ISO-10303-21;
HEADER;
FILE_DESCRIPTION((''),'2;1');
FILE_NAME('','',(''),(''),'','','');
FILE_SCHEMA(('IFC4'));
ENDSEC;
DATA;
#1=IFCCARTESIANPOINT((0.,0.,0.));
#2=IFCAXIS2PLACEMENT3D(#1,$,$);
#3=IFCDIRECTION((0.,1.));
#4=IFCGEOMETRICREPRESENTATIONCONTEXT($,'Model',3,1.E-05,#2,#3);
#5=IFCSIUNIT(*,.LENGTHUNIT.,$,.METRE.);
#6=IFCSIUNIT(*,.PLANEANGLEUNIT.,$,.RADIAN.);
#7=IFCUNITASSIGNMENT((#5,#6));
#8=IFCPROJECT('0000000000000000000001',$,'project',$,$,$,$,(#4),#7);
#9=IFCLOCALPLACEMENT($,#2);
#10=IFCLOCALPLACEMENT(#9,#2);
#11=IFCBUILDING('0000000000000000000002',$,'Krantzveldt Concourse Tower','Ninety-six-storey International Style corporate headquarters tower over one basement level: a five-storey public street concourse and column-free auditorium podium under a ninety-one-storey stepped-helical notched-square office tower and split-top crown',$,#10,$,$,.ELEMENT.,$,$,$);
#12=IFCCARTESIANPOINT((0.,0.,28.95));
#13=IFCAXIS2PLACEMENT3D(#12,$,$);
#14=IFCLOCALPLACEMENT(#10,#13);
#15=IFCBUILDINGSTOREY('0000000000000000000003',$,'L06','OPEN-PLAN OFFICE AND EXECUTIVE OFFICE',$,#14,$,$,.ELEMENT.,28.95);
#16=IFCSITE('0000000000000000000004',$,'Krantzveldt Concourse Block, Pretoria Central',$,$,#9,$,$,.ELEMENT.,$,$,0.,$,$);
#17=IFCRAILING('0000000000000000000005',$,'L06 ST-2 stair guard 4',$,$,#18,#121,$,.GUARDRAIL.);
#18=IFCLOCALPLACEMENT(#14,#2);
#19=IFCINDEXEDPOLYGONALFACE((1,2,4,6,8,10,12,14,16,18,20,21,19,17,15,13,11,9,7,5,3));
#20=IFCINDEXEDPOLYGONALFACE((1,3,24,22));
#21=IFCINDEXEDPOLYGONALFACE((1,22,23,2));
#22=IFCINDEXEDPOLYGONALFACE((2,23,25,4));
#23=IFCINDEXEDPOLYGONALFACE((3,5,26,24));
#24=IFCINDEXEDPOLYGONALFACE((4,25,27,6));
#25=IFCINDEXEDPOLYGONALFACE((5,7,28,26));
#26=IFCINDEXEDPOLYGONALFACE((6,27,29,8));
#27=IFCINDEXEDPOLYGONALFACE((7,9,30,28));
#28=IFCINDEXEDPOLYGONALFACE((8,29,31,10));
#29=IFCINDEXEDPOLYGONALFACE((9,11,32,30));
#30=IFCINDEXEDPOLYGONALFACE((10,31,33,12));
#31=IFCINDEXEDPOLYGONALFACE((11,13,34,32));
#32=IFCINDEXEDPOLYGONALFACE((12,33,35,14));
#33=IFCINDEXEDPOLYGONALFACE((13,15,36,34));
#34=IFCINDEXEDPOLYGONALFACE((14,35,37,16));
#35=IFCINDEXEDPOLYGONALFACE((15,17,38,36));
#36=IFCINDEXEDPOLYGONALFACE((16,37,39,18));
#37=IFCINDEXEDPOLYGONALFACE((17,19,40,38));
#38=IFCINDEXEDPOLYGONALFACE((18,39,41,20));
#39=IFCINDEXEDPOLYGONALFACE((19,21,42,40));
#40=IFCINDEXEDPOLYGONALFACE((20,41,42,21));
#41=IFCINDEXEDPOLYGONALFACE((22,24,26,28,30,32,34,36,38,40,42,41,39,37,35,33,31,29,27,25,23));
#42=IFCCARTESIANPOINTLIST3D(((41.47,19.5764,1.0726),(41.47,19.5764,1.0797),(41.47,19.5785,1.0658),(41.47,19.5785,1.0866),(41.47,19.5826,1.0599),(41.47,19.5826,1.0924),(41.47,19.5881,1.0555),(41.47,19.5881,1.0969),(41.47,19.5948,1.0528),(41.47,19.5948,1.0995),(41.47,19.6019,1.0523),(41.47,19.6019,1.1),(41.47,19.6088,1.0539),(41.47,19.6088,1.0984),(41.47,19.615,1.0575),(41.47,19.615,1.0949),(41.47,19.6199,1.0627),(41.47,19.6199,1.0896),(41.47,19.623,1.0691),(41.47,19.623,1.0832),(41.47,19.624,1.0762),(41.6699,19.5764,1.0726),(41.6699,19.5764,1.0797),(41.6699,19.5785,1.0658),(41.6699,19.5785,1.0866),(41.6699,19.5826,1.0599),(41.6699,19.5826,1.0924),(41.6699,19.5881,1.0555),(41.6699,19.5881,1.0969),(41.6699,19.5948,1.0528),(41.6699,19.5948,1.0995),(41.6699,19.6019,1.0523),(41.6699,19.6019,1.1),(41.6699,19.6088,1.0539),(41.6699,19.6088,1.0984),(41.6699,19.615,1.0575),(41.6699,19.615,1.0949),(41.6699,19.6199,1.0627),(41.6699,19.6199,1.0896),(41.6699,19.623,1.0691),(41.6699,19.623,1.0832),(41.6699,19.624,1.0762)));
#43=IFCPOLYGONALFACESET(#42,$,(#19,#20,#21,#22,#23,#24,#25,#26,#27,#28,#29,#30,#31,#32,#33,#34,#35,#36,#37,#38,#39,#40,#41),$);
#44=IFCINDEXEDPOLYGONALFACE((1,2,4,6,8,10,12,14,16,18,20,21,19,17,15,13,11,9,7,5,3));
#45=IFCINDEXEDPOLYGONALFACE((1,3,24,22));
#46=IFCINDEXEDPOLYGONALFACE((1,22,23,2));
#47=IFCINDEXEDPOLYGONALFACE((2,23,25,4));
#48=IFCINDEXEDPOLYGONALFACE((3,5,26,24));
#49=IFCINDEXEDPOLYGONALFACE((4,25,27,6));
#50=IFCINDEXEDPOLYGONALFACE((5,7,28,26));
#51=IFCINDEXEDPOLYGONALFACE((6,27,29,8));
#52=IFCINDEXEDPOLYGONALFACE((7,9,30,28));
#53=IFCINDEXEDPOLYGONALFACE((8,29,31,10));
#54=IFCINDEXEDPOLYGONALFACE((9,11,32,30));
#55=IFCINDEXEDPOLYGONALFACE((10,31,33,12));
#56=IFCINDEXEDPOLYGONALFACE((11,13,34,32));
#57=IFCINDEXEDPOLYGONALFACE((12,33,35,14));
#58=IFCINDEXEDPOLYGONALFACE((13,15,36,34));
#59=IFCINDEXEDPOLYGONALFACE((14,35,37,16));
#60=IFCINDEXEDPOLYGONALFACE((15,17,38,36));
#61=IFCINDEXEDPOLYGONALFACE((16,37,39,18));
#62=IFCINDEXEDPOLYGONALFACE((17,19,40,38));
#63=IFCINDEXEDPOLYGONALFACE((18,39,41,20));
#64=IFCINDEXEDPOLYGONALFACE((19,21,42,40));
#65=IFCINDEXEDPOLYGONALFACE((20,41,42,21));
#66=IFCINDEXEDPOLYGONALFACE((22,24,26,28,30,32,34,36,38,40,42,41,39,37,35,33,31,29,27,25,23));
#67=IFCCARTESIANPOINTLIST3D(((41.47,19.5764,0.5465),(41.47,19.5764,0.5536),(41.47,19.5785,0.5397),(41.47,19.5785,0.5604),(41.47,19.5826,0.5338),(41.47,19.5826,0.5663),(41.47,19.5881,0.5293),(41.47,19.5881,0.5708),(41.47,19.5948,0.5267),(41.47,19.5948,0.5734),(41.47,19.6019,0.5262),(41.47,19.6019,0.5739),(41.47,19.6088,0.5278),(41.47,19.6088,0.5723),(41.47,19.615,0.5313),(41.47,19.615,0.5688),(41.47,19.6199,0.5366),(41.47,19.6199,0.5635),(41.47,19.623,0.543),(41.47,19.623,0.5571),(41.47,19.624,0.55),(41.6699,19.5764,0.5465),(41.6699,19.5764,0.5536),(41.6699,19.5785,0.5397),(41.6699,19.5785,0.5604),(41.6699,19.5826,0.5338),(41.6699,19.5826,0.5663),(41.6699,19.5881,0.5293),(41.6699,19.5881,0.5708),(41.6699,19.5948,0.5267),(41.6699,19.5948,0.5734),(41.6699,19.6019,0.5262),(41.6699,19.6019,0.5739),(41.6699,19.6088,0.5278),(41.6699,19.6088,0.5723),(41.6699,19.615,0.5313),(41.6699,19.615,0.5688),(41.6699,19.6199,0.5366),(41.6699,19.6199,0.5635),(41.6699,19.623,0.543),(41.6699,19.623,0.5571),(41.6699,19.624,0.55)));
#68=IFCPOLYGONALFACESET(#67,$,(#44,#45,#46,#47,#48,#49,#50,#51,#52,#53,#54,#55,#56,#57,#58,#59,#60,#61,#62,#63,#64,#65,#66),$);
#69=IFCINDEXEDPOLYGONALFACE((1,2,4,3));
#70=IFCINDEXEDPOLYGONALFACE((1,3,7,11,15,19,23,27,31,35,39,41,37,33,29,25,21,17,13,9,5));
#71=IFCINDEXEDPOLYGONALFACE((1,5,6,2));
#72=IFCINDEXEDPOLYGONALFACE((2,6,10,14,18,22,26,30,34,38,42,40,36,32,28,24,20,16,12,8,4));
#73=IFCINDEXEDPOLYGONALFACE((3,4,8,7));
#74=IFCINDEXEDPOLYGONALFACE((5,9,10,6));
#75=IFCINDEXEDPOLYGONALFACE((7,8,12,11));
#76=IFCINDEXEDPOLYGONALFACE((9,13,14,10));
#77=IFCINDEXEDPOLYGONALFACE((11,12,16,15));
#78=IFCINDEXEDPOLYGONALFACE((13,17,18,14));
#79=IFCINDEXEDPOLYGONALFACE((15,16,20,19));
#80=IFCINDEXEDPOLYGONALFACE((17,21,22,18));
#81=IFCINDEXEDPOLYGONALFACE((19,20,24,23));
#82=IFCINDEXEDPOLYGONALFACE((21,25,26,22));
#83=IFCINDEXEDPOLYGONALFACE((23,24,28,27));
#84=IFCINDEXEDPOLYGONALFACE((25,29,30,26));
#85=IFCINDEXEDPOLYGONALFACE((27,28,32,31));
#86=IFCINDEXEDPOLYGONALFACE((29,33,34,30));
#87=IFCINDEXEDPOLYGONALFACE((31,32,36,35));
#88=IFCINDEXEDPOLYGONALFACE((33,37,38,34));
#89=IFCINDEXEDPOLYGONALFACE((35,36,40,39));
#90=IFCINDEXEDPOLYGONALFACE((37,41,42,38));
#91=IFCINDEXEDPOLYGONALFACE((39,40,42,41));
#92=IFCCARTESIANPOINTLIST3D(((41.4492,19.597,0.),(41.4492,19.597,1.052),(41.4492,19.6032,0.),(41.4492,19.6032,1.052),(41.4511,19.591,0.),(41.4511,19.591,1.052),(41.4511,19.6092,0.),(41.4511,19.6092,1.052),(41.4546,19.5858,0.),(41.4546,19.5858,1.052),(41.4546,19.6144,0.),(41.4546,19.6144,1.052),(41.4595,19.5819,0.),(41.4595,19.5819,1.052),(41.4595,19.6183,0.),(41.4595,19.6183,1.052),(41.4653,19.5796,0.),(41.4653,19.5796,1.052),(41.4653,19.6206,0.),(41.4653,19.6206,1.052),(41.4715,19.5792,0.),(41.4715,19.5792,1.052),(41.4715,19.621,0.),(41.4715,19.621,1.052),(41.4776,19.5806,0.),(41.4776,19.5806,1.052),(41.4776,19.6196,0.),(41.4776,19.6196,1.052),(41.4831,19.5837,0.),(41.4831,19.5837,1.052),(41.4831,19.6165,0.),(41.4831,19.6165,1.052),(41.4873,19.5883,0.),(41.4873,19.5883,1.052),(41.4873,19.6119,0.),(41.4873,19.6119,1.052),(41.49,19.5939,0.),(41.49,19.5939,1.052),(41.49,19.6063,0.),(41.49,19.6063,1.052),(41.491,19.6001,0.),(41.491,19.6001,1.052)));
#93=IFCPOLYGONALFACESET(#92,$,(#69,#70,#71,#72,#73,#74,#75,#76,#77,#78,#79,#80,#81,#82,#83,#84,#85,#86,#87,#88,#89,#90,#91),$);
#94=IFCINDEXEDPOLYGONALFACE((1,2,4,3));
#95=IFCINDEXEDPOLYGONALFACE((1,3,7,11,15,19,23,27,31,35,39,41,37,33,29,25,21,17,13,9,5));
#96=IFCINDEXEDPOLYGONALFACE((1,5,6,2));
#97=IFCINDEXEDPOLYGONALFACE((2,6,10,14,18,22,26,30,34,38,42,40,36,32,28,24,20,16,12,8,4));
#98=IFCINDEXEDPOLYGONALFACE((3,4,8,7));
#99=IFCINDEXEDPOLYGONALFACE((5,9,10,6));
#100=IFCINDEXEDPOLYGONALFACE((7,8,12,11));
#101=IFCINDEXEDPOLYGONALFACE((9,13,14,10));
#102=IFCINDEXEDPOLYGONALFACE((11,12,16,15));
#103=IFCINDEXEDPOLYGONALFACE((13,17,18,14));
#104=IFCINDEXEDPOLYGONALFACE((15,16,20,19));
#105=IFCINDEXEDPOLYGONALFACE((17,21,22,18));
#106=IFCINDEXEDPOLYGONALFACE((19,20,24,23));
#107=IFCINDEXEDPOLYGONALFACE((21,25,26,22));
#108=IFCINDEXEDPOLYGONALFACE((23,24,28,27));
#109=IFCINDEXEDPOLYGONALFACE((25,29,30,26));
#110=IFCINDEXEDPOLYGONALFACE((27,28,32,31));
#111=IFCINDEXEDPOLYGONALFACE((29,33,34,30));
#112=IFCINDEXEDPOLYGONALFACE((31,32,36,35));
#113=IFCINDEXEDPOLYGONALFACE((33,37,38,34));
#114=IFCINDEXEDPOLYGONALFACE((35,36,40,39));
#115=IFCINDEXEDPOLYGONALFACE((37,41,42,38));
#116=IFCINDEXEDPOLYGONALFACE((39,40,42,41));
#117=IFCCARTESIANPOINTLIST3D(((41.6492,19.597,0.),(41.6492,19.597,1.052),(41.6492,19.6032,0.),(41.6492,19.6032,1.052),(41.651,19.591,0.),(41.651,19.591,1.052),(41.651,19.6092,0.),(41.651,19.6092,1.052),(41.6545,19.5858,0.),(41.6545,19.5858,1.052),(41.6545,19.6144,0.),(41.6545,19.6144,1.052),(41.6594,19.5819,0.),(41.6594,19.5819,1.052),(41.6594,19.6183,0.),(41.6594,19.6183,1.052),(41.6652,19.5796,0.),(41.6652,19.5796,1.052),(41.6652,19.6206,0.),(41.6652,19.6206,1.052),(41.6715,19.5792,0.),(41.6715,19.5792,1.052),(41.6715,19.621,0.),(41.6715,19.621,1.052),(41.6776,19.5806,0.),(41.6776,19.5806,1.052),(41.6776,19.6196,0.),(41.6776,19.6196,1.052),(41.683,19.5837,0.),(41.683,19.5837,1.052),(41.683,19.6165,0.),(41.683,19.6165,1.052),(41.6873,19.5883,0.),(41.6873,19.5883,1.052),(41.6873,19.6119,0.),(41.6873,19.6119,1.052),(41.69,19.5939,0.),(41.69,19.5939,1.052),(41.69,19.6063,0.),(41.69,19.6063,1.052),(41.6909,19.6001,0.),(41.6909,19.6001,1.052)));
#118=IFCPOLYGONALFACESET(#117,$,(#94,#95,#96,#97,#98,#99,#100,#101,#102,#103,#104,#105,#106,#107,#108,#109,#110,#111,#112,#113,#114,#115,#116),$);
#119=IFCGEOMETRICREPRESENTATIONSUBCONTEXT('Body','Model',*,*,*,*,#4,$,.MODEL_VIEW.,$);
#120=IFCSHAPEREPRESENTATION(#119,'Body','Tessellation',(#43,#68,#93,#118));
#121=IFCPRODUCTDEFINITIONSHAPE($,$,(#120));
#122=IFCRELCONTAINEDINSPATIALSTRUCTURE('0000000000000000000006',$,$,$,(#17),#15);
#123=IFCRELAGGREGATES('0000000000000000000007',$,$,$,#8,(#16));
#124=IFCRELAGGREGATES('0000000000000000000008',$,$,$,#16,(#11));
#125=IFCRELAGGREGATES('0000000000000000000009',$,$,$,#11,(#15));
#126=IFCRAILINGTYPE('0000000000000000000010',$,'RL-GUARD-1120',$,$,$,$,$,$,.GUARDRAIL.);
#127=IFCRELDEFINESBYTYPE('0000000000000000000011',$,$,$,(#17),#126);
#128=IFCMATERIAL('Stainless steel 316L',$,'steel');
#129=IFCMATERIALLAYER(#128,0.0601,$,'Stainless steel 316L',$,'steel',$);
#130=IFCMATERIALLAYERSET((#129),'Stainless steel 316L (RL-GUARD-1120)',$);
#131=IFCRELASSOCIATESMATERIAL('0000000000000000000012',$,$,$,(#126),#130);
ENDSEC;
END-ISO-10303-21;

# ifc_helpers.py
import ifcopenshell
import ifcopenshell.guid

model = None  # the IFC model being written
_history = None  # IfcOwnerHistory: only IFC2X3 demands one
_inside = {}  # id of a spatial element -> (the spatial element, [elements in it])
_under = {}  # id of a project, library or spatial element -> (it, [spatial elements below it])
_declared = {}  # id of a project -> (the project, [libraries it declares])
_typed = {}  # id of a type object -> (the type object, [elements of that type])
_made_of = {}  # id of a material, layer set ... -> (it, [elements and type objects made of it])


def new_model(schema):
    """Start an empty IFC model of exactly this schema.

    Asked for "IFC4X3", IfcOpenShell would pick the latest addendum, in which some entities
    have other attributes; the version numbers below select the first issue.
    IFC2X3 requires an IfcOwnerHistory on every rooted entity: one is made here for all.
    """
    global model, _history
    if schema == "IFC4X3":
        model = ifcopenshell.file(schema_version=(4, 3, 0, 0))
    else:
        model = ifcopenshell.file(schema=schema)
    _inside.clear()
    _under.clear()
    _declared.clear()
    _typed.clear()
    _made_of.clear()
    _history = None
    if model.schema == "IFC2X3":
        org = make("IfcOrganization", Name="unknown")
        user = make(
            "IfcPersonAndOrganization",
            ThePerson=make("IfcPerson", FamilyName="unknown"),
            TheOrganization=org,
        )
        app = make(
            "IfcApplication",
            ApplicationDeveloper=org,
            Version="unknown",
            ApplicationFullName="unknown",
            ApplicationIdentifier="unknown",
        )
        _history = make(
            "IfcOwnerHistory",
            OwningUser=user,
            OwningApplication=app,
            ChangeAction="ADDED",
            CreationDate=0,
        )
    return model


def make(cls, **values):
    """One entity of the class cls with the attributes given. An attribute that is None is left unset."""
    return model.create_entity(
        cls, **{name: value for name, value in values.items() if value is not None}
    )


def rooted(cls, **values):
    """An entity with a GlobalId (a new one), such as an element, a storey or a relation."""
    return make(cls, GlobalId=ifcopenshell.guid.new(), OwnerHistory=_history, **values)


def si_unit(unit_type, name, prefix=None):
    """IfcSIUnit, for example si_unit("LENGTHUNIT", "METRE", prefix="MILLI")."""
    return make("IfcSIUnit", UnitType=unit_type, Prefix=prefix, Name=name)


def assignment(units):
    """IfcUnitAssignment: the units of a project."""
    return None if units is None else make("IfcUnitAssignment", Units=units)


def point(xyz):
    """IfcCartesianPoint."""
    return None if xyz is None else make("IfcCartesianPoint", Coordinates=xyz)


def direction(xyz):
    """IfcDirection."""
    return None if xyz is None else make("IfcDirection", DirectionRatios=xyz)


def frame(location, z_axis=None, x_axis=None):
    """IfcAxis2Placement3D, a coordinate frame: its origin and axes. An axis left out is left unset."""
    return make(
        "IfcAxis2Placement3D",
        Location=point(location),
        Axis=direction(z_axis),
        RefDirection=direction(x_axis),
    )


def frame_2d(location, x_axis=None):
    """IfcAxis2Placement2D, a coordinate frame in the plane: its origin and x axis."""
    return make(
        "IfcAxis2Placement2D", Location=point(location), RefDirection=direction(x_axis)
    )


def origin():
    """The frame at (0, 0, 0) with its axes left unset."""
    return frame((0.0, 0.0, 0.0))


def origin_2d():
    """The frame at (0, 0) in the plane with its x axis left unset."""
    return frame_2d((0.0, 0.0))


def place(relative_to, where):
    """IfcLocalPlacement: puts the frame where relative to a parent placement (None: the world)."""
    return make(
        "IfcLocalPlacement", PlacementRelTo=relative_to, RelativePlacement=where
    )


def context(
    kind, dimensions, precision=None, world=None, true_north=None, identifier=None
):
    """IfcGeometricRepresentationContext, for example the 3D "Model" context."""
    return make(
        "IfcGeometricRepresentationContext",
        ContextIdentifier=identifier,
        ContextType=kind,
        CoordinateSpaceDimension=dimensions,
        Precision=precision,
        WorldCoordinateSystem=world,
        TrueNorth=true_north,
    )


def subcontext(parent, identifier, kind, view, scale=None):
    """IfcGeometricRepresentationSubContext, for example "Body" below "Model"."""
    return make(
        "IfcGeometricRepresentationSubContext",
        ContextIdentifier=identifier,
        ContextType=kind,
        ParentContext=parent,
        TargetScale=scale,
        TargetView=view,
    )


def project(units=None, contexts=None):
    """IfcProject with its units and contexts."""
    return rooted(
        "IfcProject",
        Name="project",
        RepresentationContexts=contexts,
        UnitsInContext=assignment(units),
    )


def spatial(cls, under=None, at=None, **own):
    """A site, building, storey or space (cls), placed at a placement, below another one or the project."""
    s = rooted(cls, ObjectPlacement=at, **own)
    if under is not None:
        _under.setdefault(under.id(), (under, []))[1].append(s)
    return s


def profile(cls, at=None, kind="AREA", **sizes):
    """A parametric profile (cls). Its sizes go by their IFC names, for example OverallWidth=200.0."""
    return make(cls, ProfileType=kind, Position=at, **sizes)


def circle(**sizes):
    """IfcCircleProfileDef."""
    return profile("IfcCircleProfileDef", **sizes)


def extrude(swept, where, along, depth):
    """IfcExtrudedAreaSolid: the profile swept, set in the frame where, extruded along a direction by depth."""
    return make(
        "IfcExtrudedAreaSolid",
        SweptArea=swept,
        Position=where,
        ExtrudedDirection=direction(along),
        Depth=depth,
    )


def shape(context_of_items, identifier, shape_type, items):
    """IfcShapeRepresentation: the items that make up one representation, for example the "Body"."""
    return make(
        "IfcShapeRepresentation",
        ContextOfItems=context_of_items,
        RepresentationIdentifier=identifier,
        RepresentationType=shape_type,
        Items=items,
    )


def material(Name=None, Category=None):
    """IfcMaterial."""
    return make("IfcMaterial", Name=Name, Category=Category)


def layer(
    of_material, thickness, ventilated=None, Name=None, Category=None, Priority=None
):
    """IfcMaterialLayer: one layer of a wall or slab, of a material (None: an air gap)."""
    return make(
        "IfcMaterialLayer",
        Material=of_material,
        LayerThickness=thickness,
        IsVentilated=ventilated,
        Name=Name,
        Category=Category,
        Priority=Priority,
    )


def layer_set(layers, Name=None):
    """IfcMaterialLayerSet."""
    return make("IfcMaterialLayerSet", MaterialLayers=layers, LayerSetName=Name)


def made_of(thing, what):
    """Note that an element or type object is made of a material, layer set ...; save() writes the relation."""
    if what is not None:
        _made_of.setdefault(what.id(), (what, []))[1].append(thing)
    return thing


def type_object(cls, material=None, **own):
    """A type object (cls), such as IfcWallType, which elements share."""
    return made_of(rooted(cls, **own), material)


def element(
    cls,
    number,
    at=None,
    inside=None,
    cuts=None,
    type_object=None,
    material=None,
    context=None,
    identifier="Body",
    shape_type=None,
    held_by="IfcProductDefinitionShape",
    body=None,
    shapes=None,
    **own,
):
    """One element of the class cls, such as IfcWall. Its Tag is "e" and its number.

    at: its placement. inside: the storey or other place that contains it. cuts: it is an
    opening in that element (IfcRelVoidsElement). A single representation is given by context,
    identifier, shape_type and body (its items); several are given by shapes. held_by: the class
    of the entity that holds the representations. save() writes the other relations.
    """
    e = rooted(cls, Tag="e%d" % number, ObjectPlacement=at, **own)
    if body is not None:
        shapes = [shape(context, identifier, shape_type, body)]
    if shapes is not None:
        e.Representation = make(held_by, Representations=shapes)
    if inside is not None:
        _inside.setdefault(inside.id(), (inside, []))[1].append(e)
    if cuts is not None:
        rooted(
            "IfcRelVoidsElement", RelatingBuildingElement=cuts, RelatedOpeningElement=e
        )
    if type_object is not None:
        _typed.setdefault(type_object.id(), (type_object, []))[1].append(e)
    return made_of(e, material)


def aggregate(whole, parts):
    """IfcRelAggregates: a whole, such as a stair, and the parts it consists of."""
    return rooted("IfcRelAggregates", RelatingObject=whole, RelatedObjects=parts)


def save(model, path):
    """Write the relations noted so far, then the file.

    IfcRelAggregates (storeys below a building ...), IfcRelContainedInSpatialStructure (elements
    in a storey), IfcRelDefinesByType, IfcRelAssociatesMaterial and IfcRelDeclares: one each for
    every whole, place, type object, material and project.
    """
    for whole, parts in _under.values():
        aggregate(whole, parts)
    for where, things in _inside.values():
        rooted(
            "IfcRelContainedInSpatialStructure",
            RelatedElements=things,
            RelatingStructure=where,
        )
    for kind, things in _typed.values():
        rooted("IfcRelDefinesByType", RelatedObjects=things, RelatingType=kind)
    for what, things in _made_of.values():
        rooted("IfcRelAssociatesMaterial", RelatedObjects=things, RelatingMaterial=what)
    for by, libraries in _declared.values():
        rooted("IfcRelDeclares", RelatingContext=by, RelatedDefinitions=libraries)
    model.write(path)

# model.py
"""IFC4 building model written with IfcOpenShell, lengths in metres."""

from ifc_helpers import new_model, si_unit, direction, frame, origin, origin_2d, place, context, subcontext, project, spatial, circle, extrude, material, layer, layer_set, type_object, element, save


model = new_model("IFC4")

# Units and contexts
model_context = context("Model", 3, precision=1e-05, world=origin(), true_north=direction((0.0, 1.0)))
body_context = subcontext(model_context, "Body", "Model", "MODEL_VIEW")
ifc_project = project(units=[si_unit("LENGTHUNIT", "METRE"), si_unit("PLANEANGLEUNIT", "RADIAN")], contexts=[model_context])

# Site, building, storey
site_placement = place(None, origin())
site = spatial("IfcSite", under=ifc_project, at=site_placement, Name="Krantzveldt Concourse Block, Pretoria Central", CompositionType="ELEMENT", RefElevation=0.0)
building_placement = place(site_placement, origin())
building = spatial("IfcBuilding", under=site, at=building_placement, Name="Krantzveldt Concourse Tower", Description="Ninety-six-storey International Style corporate headquarters tower over one basement level: a five-storey public street concourse and column-free auditorium podium under a ninety-one-storey stepped-helical notched-square office tower and split-top crown", CompositionType="ELEMENT")
storey_placement = place(building_placement, frame((0.0, 0.0, 28.95)))
storey = spatial("IfcBuildingStorey", under=building, at=storey_placement, Name="L06", Description="OPEN-PLAN OFFICE AND EXECUTIVE OFFICE", CompositionType="ELEMENT", Elevation=28.95)

# Shared definitions
ifc_material_1 = material(Name="Stainless steel 316L", Category="steel")

# Railing
ifc_layer_1 = layer(ifc_material_1, 0.0601, Name="Stainless steel 316L", Category="steel")
ifc_layer_set_1 = layer_set([ifc_layer_1], Name="Stainless steel 316L (RL-GUARD-1120)")
railing_type_1 = type_object("IfcRailingType", Name="RL-GUARD-1120", PredefinedType="GUARDRAIL", material=ifc_layer_set_1)
railing_1_placement = place(storey_placement, frame((41.47, 19.6001, 0.0)))
element("IfcRailing", 1, at=railing_1_placement, inside=storey, type_object=railing_type_1, Name="L06 ST-2 stair guard 4", PredefinedType="GUARDRAIL", context=body_context, shape_type="SweptSolid", body=[
    extrude(circle(Radius=0.0239, at=origin_2d()), frame((0.0, 0.0, 1.0762), z_axis=(1.0, 0.0, 0.0), x_axis=(0.0, 1.0, 0.0)), (0.0, 0.0, 1.0), 0.2),
    extrude(circle(Radius=0.0239, at=origin_2d()), frame((0.0, 0.0, 0.55), z_axis=(1.0, 0.0, 0.0), x_axis=(0.0, 1.0, 0.0)), (0.0, 0.0, 1.0), 0.2),
    extrude(circle(Radius=0.021, at=origin_2d()), origin(), (0.0, 0.0, 1.0), 1.052),
    extrude(circle(Radius=0.021, at=origin_2d()), frame((0.2, 0.0, 0.0)), (0.0, 0.0, 1.0), 1.052),
])

save(model, "model.ifc")
